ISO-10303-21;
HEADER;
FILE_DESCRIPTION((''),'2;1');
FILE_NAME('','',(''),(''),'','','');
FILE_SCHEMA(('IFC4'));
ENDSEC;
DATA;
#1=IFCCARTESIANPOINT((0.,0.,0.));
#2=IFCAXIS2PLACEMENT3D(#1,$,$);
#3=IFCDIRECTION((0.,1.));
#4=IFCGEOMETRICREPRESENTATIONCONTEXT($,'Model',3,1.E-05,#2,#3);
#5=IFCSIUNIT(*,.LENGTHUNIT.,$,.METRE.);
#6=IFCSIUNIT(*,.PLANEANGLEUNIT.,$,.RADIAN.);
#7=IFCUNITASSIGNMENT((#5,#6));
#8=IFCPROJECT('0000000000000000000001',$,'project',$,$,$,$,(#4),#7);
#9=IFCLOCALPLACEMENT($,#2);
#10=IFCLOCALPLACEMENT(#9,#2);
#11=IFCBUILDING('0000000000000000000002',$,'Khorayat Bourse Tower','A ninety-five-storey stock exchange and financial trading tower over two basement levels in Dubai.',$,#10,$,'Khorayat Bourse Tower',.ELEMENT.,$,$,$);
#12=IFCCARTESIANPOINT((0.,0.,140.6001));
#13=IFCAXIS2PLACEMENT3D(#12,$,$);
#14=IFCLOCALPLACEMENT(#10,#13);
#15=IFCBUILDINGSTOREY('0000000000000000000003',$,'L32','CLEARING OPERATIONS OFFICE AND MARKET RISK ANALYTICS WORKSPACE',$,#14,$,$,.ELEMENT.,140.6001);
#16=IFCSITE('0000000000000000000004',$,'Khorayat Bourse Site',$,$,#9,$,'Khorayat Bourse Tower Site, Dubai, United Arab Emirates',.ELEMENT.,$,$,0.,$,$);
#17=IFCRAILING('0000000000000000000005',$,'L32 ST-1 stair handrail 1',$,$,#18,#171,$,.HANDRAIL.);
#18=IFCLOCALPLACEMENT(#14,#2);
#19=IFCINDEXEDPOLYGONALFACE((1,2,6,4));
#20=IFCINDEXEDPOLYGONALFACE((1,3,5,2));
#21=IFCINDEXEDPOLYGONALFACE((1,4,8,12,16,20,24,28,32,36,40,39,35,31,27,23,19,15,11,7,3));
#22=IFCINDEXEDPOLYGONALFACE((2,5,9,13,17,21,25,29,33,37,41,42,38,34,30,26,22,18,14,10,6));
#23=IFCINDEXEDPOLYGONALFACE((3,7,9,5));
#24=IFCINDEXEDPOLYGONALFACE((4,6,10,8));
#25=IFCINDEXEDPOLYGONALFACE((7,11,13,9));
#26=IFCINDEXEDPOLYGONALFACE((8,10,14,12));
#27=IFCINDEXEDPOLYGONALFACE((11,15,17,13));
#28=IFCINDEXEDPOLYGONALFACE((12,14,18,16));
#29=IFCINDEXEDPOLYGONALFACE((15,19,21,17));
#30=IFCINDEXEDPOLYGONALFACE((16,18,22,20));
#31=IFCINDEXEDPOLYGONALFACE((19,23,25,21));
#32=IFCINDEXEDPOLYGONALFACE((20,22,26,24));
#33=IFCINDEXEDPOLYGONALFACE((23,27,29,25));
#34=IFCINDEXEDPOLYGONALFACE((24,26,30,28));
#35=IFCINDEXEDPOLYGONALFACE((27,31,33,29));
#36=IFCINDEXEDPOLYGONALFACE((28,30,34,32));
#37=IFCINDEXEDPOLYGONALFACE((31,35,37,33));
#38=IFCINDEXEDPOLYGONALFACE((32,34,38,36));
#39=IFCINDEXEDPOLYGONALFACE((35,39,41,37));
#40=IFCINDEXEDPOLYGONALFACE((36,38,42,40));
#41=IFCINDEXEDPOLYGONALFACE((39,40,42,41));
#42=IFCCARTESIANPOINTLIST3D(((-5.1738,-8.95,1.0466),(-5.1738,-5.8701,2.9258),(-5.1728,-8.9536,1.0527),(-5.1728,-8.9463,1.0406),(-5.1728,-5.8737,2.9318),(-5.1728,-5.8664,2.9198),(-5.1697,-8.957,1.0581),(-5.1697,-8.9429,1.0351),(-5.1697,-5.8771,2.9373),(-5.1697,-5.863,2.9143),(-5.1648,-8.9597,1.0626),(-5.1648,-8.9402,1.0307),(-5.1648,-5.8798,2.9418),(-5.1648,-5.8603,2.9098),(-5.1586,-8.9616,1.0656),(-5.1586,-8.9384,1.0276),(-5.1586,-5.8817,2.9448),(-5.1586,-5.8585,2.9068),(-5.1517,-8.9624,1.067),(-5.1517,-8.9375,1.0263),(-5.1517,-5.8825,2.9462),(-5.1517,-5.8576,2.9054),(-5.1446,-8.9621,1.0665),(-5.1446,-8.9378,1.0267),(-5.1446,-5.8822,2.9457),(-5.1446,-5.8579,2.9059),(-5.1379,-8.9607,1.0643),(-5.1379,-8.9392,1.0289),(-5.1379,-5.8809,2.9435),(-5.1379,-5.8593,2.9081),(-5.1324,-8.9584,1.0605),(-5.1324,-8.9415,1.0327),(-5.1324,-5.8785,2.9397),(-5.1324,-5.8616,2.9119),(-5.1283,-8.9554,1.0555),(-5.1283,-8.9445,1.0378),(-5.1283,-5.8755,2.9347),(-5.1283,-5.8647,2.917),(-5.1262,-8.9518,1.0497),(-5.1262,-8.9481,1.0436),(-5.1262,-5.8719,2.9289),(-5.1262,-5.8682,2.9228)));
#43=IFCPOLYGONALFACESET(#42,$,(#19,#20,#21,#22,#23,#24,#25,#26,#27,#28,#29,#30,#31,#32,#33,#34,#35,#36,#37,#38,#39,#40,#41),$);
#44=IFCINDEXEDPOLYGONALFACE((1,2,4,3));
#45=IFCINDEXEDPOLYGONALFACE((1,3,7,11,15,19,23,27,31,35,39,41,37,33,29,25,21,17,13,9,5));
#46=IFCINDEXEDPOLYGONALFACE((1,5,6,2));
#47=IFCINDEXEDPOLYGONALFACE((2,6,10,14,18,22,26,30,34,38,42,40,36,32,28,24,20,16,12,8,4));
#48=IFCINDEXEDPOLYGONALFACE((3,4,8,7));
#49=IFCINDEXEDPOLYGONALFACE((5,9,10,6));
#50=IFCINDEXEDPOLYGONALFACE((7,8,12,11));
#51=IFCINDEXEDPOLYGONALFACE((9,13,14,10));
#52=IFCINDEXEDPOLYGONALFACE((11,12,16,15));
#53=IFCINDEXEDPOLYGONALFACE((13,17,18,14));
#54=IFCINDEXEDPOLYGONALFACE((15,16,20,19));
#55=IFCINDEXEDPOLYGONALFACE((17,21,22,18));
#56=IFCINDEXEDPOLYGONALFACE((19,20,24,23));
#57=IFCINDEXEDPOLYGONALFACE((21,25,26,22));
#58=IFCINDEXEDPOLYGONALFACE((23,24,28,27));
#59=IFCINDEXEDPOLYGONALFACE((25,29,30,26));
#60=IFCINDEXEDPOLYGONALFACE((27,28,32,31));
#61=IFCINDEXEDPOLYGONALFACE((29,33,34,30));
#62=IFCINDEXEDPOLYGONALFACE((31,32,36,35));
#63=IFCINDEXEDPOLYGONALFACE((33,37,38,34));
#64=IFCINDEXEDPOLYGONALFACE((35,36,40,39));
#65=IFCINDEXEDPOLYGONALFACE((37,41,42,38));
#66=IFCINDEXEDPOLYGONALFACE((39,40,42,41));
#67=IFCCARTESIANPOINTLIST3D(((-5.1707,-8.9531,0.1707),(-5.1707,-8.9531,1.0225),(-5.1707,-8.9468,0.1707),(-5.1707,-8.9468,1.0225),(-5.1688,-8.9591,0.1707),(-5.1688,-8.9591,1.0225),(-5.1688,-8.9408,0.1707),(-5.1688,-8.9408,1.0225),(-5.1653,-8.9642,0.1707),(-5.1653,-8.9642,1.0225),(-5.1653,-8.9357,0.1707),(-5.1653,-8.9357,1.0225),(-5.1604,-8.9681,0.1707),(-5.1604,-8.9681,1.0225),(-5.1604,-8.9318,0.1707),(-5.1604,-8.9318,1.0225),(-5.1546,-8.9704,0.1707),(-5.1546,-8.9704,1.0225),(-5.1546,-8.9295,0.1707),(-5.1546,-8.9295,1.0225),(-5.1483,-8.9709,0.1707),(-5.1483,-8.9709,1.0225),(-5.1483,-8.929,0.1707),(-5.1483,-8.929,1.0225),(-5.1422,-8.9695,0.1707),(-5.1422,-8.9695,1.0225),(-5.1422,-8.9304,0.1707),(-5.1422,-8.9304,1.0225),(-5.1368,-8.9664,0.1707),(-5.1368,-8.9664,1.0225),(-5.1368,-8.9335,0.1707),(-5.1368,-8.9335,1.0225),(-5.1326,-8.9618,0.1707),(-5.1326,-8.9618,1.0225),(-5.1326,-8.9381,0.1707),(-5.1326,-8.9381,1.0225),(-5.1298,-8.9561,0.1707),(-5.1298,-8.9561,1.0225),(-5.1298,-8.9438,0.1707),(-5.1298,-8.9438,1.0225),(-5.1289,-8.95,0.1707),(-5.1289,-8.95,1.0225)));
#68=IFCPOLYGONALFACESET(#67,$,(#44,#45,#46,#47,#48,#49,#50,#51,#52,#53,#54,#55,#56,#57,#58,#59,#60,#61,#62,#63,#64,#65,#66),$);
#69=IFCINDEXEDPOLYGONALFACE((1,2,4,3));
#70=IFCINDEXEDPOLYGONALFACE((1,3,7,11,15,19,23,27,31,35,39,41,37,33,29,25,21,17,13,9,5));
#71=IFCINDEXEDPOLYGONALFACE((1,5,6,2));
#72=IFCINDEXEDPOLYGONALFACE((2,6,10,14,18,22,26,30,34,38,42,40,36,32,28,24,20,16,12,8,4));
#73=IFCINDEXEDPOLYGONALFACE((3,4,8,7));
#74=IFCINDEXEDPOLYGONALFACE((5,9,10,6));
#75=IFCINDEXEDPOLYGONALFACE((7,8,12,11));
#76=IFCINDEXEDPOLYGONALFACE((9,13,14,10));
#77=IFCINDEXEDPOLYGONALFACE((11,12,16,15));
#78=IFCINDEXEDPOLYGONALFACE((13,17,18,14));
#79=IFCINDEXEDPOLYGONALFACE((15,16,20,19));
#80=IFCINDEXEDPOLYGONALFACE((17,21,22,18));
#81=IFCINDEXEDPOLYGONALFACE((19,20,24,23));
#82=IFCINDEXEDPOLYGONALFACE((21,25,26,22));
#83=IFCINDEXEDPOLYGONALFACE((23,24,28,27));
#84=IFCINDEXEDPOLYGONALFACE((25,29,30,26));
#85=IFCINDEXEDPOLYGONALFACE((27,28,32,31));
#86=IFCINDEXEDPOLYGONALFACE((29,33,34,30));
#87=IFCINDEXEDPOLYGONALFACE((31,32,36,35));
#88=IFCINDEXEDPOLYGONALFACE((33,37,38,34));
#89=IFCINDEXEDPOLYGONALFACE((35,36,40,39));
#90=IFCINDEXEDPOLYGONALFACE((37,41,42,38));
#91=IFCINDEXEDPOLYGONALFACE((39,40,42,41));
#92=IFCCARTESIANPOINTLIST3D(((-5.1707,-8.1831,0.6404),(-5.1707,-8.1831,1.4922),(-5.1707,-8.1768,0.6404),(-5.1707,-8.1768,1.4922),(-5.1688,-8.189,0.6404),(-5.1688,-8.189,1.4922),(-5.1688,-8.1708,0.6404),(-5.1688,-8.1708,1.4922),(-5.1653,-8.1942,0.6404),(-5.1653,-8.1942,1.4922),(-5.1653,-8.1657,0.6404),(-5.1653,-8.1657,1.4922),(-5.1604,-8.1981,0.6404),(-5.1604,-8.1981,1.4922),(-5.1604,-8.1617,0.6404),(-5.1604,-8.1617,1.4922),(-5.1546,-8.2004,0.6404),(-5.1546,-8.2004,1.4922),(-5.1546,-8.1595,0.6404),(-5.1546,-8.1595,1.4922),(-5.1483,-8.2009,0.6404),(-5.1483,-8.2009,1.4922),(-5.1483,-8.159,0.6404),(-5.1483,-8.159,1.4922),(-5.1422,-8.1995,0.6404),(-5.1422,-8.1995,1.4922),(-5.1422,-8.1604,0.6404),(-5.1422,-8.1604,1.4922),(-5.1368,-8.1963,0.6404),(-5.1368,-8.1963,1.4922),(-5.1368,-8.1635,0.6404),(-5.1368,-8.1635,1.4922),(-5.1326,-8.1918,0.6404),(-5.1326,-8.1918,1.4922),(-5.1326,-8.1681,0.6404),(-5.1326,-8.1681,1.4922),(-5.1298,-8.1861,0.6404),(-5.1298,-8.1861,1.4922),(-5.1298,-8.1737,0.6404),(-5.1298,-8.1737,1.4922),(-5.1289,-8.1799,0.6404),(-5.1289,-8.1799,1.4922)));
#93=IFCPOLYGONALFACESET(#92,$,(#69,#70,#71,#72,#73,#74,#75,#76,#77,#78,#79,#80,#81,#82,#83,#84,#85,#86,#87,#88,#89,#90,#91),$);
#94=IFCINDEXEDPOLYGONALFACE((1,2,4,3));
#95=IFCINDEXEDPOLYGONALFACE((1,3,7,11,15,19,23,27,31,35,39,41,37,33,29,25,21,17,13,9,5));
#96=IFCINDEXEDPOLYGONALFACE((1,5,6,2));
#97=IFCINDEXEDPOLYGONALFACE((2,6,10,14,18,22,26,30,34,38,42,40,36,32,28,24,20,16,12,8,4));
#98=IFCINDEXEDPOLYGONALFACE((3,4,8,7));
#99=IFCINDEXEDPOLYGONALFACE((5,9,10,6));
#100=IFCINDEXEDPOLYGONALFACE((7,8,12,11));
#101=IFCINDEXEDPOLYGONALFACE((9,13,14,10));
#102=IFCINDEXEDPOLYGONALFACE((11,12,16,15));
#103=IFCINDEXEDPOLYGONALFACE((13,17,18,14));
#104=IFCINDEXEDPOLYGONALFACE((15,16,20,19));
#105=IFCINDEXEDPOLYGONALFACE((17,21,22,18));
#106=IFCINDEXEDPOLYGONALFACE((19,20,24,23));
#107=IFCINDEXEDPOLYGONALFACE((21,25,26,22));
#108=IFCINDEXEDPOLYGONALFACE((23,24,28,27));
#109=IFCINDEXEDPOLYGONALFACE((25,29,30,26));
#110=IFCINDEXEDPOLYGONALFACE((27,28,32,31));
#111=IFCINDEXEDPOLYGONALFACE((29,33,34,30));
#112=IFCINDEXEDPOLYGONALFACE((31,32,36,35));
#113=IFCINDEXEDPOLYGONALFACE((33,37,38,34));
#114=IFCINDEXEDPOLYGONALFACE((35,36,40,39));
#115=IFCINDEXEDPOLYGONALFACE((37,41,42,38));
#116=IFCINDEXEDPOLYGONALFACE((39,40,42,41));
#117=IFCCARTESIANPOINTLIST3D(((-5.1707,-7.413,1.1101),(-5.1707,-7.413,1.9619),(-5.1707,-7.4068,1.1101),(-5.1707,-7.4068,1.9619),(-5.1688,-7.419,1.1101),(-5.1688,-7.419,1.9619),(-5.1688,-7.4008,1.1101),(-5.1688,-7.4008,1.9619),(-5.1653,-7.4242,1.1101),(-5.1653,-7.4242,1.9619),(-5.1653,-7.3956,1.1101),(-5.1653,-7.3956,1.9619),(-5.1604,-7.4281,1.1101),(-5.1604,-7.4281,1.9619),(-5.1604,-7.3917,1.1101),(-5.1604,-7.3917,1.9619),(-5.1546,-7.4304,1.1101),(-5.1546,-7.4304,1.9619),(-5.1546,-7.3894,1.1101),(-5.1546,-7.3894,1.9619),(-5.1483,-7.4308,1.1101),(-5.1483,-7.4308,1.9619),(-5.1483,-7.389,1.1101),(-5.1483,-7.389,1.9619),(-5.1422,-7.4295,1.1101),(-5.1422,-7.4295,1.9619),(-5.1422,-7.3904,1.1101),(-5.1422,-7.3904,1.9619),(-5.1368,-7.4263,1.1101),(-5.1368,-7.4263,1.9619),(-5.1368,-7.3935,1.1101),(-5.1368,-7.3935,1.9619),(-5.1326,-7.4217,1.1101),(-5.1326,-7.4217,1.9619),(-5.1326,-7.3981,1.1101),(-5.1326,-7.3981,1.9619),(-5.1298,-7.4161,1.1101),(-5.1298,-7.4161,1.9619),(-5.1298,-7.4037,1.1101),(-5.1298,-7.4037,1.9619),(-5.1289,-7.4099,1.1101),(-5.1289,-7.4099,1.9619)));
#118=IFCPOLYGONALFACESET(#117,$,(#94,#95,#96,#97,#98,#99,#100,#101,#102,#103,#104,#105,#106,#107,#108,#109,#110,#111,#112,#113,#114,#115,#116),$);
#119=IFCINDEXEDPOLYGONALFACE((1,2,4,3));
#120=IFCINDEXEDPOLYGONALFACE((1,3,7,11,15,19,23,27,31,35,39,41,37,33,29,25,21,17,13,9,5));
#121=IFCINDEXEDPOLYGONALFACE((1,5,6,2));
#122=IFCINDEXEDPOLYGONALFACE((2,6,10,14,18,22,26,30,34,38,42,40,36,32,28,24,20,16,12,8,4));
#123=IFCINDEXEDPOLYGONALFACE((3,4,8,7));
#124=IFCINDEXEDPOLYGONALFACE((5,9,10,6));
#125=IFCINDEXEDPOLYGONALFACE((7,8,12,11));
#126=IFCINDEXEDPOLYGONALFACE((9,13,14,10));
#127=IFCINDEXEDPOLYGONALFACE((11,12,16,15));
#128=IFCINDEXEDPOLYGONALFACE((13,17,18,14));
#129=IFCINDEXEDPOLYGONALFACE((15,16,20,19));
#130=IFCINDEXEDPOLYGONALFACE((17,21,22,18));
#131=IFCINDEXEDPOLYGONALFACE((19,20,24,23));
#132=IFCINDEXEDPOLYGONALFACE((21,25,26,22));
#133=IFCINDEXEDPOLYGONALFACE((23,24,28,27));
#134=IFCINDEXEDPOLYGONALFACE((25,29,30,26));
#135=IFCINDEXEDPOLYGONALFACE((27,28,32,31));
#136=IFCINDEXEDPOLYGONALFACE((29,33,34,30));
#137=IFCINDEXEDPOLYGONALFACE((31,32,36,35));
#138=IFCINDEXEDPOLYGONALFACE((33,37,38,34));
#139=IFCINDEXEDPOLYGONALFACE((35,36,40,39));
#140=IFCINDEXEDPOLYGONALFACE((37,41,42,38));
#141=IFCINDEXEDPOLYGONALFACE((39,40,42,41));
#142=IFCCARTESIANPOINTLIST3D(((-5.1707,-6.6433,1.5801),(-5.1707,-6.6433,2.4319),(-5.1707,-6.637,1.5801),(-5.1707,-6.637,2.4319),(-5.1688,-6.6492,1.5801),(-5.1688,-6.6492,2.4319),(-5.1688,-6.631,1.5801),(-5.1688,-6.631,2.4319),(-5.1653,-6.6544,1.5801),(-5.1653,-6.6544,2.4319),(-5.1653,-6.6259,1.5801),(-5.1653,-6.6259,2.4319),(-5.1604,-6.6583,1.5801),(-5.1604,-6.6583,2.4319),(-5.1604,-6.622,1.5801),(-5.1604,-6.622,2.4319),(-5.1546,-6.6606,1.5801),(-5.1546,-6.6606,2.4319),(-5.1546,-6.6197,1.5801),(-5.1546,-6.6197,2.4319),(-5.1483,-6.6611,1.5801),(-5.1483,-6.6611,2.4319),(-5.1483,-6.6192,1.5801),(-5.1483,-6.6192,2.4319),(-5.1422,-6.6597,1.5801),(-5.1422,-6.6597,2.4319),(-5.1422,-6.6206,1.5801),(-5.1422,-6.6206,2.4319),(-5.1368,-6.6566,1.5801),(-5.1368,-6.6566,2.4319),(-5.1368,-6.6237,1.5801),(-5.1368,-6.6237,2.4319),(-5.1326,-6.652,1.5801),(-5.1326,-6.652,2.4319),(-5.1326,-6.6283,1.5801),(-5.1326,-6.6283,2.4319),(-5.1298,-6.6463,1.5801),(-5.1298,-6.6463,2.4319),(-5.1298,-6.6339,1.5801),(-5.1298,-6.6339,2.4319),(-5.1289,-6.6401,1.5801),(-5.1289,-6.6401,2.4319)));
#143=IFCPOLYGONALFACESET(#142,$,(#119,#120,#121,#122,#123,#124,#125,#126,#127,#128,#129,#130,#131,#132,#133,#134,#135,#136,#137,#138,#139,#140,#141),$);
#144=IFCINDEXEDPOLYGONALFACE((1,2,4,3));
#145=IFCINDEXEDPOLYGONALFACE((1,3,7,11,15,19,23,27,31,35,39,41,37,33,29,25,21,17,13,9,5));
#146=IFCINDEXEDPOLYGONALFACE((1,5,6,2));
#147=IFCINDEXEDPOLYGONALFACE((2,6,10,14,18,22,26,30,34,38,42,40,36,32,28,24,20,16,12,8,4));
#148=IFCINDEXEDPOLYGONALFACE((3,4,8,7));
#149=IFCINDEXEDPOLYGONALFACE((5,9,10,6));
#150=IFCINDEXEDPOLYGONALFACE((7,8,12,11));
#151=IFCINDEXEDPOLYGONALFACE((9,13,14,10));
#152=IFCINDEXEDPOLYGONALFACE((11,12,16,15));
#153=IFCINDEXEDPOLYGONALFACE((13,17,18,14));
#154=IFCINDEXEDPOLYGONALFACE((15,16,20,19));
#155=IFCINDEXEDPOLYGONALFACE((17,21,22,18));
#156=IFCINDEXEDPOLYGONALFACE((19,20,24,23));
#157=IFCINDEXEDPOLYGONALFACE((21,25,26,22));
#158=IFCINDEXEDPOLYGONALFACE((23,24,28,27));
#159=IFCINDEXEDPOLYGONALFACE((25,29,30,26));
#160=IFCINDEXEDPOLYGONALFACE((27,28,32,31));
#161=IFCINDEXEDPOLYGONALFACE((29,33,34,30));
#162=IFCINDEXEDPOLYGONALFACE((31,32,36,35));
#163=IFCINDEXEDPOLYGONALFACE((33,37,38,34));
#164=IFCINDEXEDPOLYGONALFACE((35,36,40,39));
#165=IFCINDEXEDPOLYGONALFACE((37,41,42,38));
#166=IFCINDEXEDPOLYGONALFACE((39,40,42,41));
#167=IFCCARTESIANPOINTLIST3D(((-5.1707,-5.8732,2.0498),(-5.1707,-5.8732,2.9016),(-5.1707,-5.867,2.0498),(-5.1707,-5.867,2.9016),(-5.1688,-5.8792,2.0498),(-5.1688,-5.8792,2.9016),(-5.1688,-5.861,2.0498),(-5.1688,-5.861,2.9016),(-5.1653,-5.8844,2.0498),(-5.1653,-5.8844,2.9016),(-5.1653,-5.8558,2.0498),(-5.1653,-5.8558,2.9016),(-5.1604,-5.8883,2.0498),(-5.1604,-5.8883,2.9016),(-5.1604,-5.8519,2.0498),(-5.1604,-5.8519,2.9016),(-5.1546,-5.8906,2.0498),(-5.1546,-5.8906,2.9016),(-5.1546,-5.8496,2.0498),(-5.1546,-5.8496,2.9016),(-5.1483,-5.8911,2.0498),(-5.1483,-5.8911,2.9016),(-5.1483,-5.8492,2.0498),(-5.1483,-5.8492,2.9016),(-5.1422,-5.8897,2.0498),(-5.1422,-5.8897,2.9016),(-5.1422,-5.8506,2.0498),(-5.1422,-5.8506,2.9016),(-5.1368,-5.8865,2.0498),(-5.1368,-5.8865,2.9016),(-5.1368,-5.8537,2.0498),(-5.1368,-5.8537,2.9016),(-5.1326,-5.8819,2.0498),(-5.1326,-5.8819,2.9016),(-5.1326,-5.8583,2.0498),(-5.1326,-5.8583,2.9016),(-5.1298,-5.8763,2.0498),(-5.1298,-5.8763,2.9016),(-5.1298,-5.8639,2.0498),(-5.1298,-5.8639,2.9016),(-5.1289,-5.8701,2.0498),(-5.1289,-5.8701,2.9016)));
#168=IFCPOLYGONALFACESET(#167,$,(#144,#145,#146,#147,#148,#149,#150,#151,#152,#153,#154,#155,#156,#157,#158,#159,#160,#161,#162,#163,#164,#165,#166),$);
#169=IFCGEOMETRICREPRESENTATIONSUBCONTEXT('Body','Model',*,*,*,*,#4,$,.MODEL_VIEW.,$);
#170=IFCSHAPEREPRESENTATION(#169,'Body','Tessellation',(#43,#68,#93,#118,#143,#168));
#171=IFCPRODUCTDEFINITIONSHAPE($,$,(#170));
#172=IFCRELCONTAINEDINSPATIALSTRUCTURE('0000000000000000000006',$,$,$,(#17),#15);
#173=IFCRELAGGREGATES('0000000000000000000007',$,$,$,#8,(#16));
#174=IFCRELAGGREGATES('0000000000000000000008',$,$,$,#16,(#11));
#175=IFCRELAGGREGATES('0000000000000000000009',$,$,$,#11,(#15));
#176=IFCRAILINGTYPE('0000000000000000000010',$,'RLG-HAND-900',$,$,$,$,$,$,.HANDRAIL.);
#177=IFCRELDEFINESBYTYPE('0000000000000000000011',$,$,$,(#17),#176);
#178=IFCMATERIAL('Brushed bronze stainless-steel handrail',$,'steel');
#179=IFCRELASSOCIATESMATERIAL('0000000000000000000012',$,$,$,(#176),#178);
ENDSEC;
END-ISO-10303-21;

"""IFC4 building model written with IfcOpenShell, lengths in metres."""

from ifc_helpers import new_model, si_unit, direction, frame, origin, origin_2d, place, context, subcontext, project, spatial, circle, extrude, source, transform, mapped, material, type_object, element, save


model = new_model("IFC4")

# Units and contexts
model_context = context("Model", 3, precision=1e-05, world=origin(), true_north=direction((0.0, 1.0)))
body_context = subcontext(model_context, "Body", "Model", "MODEL_VIEW")
ifc_project = project(units=[si_unit("LENGTHUNIT", "METRE"), si_unit("PLANEANGLEUNIT", "RADIAN")], contexts=[model_context])

# Site, building, storey
site_placement = place(None, origin())
site = spatial("IfcSite", under=ifc_project, at=site_placement, Name="Khorayat Bourse Site", LongName="Khorayat Bourse Tower Site, Dubai, United Arab Emirates", CompositionType="ELEMENT", RefElevation=0.0)
building_placement = place(site_placement, origin())
building = spatial("IfcBuilding", under=site, at=building_placement, Name="Khorayat Bourse Tower", Description="A ninety-five-storey stock exchange and financial trading tower over two basement levels in Dubai.", LongName="Khorayat Bourse Tower", CompositionType="ELEMENT")
storey_placement = place(building_placement, frame((0.0, 0.0, 140.6001)))
storey = spatial("IfcBuildingStorey", under=building, at=storey_placement, Name="L32", Description="CLEARING OPERATIONS OFFICE AND MARKET RISK ANALYTICS WORKSPACE", CompositionType="ELEMENT", Elevation=140.6001)

# Railing
ifc_material_1 = material(Name="Brushed bronze stainless-steel handrail", Category="steel")
railing_type_1 = type_object("IfcRailingType", Name="RLG-HAND-900", PredefinedType="HANDRAIL", material=ifc_material_1)
shared_shape_1 = source(origin(), body_context, "Body", "SweptSolid", [
    extrude(circle(Radius=0.0239, at=origin_2d()), frame((0.0, 0.0, 0.876), z_axis=(0.0, 0.853648, 0.52085), x_axis=(-1.0, 0.0, 0.0)), (0.0, 0.0, 1.0), 3.6079),
    extrude(circle(Radius=0.021, at=origin_2d()), origin(), (0.0, 0.0, 1.0), 0.8518),
    extrude(circle(Radius=0.021, at=origin_2d()), frame((0.0, 0.77, 0.4697)), (0.0, 0.0, 1.0), 0.8518),
    extrude(circle(Radius=0.021, at=origin_2d()), frame((0.0, 1.54, 0.9395)), (0.0, 0.0, 1.0), 0.8518),
    extrude(circle(Radius=0.021, at=origin_2d()), frame((0.0, 2.3098, 1.4094)), (0.0, 0.0, 1.0), 0.8518),
    extrude(circle(Radius=0.021, at=origin_2d()), frame((0.0, 3.0798, 1.8792)), (0.0, 0.0, 1.0), 0.8518),
])
railing_1_placement = place(storey_placement, frame((-5.1499, -8.95, 0.1707)))
element("IfcRailing", 1, at=railing_1_placement, inside=storey, type_object=railing_type_1, Name="L32 ST-1 stair handrail 1", PredefinedType="HANDRAIL", context=body_context, shape_type="MappedRepresentation", body=[
    mapped(shared_shape_1, transform((0.0, 0.0, 0.0), scale=1.0)),
])

save(model, "model.ifc")
